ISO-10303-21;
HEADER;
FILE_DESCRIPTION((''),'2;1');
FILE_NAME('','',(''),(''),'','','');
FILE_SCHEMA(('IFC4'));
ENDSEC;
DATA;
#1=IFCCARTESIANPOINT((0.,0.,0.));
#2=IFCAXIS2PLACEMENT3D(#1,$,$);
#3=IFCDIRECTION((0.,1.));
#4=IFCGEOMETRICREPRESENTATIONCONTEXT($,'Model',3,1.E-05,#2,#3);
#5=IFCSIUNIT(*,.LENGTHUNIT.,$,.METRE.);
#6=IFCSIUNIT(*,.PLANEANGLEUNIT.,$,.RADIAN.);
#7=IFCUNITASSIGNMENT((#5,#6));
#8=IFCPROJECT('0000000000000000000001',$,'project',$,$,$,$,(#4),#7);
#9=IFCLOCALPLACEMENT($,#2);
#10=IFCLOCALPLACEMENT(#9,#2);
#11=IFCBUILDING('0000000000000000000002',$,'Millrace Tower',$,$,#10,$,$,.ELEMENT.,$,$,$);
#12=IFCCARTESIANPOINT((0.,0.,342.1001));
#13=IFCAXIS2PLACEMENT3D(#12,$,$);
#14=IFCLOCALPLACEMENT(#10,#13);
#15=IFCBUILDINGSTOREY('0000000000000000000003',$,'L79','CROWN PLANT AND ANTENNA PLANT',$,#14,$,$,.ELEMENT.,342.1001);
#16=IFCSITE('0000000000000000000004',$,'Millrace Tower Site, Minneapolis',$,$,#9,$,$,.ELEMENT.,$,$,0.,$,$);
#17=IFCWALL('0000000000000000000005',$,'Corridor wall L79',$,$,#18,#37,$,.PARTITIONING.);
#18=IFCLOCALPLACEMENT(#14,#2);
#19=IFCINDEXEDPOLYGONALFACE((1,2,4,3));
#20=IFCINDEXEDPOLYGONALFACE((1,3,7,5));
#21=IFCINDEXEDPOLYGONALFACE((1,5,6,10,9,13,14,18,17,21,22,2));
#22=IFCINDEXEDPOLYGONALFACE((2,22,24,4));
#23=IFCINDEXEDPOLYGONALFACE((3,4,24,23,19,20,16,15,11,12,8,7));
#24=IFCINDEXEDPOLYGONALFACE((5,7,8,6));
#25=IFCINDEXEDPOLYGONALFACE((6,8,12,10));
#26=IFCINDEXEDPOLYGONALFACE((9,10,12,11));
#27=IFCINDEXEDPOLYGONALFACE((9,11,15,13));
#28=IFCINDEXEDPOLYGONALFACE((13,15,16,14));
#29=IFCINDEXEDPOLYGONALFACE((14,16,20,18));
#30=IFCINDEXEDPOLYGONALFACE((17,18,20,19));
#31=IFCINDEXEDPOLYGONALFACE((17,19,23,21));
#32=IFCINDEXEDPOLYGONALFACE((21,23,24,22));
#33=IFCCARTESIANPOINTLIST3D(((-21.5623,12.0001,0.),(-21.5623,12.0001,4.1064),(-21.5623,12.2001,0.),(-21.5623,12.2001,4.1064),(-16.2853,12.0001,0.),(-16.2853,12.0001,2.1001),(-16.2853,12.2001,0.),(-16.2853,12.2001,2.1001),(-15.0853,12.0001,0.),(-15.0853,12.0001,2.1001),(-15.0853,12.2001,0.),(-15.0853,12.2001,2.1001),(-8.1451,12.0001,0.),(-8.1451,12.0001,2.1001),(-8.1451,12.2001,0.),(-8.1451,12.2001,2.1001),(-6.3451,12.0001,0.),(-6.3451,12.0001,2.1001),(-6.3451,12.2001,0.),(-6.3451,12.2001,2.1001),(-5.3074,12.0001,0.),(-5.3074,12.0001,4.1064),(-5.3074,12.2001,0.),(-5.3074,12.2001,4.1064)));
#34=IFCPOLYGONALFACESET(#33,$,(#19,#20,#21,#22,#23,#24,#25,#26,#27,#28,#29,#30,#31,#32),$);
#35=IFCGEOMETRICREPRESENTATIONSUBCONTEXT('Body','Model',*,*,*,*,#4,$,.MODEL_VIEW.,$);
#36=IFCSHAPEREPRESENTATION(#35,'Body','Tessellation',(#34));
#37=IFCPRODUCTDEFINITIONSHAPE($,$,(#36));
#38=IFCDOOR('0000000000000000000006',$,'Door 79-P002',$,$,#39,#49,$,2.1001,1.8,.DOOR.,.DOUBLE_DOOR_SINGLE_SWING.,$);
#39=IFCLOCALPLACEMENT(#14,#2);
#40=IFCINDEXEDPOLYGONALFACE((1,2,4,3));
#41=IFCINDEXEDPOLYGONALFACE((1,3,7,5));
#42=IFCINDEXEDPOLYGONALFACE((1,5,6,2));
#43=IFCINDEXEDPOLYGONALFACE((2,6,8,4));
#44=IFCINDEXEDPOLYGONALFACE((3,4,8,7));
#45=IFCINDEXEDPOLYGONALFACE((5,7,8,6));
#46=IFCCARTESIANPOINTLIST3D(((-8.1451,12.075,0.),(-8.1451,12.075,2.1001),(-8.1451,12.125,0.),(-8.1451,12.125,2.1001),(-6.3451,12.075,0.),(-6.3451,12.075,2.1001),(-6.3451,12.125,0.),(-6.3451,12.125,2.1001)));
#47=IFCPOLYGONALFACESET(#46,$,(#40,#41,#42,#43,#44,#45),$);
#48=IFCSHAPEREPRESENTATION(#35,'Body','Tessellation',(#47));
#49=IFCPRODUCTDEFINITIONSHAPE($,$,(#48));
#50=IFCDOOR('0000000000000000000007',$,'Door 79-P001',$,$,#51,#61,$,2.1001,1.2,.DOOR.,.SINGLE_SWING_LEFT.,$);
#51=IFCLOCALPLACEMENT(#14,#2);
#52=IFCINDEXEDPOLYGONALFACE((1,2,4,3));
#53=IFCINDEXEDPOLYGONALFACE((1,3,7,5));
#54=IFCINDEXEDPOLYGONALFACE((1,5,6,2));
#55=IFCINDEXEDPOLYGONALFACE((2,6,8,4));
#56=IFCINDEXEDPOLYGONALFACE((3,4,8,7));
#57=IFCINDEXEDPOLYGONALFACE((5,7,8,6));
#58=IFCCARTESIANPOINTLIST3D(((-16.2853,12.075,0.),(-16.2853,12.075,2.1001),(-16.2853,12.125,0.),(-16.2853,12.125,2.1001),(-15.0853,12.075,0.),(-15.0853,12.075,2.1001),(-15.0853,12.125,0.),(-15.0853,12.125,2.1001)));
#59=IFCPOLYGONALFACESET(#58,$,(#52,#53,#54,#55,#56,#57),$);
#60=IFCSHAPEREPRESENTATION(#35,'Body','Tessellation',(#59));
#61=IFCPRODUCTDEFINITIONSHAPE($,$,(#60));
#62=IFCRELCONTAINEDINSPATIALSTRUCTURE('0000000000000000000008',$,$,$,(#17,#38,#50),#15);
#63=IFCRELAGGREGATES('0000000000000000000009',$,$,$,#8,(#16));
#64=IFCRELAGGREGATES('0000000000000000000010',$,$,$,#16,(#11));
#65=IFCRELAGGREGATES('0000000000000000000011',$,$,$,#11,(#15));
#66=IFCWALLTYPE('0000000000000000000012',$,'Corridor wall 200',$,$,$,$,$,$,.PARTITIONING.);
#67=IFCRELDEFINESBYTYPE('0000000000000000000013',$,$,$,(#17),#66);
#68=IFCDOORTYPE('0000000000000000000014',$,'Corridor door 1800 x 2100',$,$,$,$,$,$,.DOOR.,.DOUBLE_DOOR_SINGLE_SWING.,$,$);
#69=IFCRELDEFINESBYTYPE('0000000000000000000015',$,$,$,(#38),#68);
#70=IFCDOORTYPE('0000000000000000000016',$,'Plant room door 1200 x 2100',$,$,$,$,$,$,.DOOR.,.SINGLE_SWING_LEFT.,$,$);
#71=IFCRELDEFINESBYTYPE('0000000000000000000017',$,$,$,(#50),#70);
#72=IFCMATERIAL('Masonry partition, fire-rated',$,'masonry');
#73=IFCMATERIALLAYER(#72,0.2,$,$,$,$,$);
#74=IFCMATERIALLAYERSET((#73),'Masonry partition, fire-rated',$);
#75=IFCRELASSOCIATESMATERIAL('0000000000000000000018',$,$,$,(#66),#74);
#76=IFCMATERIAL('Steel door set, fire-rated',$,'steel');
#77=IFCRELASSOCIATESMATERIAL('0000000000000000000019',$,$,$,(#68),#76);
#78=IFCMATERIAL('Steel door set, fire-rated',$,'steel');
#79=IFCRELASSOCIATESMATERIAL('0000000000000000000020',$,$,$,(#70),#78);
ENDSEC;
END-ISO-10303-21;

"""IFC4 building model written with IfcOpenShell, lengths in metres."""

from ifc_helpers import new_model, si_unit, direction, frame, frame_2d, origin, place, context, subcontext, project, spatial, rectangle, extrude, material, layer, layer_set, type_object, element, fill, save


model = new_model("IFC4")

# Units and contexts
model_context = context("Model", 3, precision=1e-05, world=origin(), true_north=direction((0.0, 1.0)))
body_context = subcontext(model_context, "Body", "Model", "MODEL_VIEW")
ifc_project = project(units=[si_unit("LENGTHUNIT", "METRE"), si_unit("PLANEANGLEUNIT", "RADIAN")], contexts=[model_context])

# Site, building, storey
site_placement = place(None, origin())
site = spatial("IfcSite", under=ifc_project, at=site_placement, Name="Millrace Tower Site, Minneapolis", CompositionType="ELEMENT", RefElevation=0.0)
building_placement = place(site_placement, origin())
building = spatial("IfcBuilding", under=site, at=building_placement, Name="Millrace Tower", CompositionType="ELEMENT")
storey_placement = place(building_placement, frame((0.0, 0.0, 342.1001)))
storey = spatial("IfcBuildingStorey", under=building, at=storey_placement, Name="L79", Description="CROWN PLANT AND ANTENNA PLANT", CompositionType="ELEMENT", Elevation=342.1001)

# Shared definitions
ifc_material_1 = material(Name="Masonry partition, fire-rated", Category="masonry")
ifc_layer_1 = layer(ifc_material_1, 0.2)
ifc_layer_set_1 = layer_set([ifc_layer_1], Name="Masonry partition, fire-rated")
wall_type = type_object("IfcWallType", Name="Corridor wall 200", PredefinedType="PARTITIONING", material=ifc_layer_set_1)

# Wall, openings, doors
wall_1_placement = place(storey_placement, frame((-21.5623, 12.1001, 0.0), z_axis=(0.0, 0.0, 1.0), x_axis=(1.0, 0.0, 0.0)))
wall_1 = element("IfcWall", 1, at=wall_1_placement, inside=storey, type_object=wall_type, Name="Corridor wall L79", PredefinedType="PARTITIONING", context=body_context, shape_type="SweptSolid", body=[
    extrude(rectangle(XDim=16.2549, YDim=0.2, at=frame_2d((8.1274, 0.0))), origin(), (0.0, 0.0, 1.0), 4.1064),
])
opening_1_placement = place(wall_1_placement, frame((5.2769, 0.0, 0.0)))
opening_1 = element("IfcOpeningElement", 2, at=opening_1_placement, cuts=wall_1, PredefinedType="OPENING", context=body_context, shape_type="SweptSolid", body=[
    extrude(rectangle(XDim=1.2, YDim=2.1001, at=frame_2d((0.6001, 1.05))), frame((0.0, 0.1099, 0.0), z_axis=(0.0, -1.0, 0.0), x_axis=(1.0, 0.0, 0.0)), (0.0, 0.0, 1.0), 0.22),
])
opening_2_placement = place(wall_1_placement, frame((13.4172, 0.0, 0.0)))
opening_2 = element("IfcOpeningElement", 3, at=opening_2_placement, cuts=wall_1, PredefinedType="OPENING", context=body_context, shape_type="SweptSolid", body=[
    extrude(rectangle(XDim=1.8, YDim=2.1001, at=frame_2d((0.8999, 1.05))), frame((0.0, 0.1099, 0.0), z_axis=(0.0, -1.0, 0.0), x_axis=(1.0, 0.0, 0.0)), (0.0, 0.0, 1.0), 0.22),
])
ifc_material_2 = material(Name="Steel door set, fire-rated", Category="steel")
door_type_1 = type_object("IfcDoorType", Name="Corridor door 1800 x 2100", OperationType="DOUBLE_DOOR_SINGLE_SWING", PredefinedType="DOOR", material=ifc_material_2)
door_1_placement = place(opening_2_placement, origin())
door_1 = element("IfcDoor", 4, at=door_1_placement, inside=storey, type_object=door_type_1, Name="Door 79-P002", OperationType="DOUBLE_DOOR_SINGLE_SWING", OverallHeight=2.1001, OverallWidth=1.8, PredefinedType="DOOR", context=body_context, shape_type="SweptSolid", body=[
    extrude(rectangle(XDim=1.8, YDim=2.1001, at=frame_2d((0.8999, 1.05))), frame((0.0, 0.0249, 0.0), z_axis=(0.0, -1.0, 0.0), x_axis=(1.0, 0.0, 0.0)), (0.0, 0.0, 1.0), 0.05),
])
fill(opening_2, door_1)
ifc_material_3 = material(Name="Steel door set, fire-rated", Category="steel")
door_type_2 = type_object("IfcDoorType", Name="Plant room door 1200 x 2100", OperationType="SINGLE_SWING_LEFT", PredefinedType="DOOR", material=ifc_material_3)
door_2_placement = place(opening_1_placement, origin())
door_2 = element("IfcDoor", 5, at=door_2_placement, inside=storey, type_object=door_type_2, Name="Door 79-P001", OperationType="SINGLE_SWING_LEFT", OverallHeight=2.1001, OverallWidth=1.2, PredefinedType="DOOR", context=body_context, shape_type="SweptSolid", body=[
    extrude(rectangle(XDim=1.2, YDim=2.1001, at=frame_2d((0.6001, 1.05))), frame((0.0, 0.0249, 0.0), z_axis=(0.0, -1.0, 0.0), x_axis=(1.0, 0.0, 0.0)), (0.0, 0.0, 1.0), 0.05),
])
fill(opening_1, door_2)

save(model, "model.ifc")
